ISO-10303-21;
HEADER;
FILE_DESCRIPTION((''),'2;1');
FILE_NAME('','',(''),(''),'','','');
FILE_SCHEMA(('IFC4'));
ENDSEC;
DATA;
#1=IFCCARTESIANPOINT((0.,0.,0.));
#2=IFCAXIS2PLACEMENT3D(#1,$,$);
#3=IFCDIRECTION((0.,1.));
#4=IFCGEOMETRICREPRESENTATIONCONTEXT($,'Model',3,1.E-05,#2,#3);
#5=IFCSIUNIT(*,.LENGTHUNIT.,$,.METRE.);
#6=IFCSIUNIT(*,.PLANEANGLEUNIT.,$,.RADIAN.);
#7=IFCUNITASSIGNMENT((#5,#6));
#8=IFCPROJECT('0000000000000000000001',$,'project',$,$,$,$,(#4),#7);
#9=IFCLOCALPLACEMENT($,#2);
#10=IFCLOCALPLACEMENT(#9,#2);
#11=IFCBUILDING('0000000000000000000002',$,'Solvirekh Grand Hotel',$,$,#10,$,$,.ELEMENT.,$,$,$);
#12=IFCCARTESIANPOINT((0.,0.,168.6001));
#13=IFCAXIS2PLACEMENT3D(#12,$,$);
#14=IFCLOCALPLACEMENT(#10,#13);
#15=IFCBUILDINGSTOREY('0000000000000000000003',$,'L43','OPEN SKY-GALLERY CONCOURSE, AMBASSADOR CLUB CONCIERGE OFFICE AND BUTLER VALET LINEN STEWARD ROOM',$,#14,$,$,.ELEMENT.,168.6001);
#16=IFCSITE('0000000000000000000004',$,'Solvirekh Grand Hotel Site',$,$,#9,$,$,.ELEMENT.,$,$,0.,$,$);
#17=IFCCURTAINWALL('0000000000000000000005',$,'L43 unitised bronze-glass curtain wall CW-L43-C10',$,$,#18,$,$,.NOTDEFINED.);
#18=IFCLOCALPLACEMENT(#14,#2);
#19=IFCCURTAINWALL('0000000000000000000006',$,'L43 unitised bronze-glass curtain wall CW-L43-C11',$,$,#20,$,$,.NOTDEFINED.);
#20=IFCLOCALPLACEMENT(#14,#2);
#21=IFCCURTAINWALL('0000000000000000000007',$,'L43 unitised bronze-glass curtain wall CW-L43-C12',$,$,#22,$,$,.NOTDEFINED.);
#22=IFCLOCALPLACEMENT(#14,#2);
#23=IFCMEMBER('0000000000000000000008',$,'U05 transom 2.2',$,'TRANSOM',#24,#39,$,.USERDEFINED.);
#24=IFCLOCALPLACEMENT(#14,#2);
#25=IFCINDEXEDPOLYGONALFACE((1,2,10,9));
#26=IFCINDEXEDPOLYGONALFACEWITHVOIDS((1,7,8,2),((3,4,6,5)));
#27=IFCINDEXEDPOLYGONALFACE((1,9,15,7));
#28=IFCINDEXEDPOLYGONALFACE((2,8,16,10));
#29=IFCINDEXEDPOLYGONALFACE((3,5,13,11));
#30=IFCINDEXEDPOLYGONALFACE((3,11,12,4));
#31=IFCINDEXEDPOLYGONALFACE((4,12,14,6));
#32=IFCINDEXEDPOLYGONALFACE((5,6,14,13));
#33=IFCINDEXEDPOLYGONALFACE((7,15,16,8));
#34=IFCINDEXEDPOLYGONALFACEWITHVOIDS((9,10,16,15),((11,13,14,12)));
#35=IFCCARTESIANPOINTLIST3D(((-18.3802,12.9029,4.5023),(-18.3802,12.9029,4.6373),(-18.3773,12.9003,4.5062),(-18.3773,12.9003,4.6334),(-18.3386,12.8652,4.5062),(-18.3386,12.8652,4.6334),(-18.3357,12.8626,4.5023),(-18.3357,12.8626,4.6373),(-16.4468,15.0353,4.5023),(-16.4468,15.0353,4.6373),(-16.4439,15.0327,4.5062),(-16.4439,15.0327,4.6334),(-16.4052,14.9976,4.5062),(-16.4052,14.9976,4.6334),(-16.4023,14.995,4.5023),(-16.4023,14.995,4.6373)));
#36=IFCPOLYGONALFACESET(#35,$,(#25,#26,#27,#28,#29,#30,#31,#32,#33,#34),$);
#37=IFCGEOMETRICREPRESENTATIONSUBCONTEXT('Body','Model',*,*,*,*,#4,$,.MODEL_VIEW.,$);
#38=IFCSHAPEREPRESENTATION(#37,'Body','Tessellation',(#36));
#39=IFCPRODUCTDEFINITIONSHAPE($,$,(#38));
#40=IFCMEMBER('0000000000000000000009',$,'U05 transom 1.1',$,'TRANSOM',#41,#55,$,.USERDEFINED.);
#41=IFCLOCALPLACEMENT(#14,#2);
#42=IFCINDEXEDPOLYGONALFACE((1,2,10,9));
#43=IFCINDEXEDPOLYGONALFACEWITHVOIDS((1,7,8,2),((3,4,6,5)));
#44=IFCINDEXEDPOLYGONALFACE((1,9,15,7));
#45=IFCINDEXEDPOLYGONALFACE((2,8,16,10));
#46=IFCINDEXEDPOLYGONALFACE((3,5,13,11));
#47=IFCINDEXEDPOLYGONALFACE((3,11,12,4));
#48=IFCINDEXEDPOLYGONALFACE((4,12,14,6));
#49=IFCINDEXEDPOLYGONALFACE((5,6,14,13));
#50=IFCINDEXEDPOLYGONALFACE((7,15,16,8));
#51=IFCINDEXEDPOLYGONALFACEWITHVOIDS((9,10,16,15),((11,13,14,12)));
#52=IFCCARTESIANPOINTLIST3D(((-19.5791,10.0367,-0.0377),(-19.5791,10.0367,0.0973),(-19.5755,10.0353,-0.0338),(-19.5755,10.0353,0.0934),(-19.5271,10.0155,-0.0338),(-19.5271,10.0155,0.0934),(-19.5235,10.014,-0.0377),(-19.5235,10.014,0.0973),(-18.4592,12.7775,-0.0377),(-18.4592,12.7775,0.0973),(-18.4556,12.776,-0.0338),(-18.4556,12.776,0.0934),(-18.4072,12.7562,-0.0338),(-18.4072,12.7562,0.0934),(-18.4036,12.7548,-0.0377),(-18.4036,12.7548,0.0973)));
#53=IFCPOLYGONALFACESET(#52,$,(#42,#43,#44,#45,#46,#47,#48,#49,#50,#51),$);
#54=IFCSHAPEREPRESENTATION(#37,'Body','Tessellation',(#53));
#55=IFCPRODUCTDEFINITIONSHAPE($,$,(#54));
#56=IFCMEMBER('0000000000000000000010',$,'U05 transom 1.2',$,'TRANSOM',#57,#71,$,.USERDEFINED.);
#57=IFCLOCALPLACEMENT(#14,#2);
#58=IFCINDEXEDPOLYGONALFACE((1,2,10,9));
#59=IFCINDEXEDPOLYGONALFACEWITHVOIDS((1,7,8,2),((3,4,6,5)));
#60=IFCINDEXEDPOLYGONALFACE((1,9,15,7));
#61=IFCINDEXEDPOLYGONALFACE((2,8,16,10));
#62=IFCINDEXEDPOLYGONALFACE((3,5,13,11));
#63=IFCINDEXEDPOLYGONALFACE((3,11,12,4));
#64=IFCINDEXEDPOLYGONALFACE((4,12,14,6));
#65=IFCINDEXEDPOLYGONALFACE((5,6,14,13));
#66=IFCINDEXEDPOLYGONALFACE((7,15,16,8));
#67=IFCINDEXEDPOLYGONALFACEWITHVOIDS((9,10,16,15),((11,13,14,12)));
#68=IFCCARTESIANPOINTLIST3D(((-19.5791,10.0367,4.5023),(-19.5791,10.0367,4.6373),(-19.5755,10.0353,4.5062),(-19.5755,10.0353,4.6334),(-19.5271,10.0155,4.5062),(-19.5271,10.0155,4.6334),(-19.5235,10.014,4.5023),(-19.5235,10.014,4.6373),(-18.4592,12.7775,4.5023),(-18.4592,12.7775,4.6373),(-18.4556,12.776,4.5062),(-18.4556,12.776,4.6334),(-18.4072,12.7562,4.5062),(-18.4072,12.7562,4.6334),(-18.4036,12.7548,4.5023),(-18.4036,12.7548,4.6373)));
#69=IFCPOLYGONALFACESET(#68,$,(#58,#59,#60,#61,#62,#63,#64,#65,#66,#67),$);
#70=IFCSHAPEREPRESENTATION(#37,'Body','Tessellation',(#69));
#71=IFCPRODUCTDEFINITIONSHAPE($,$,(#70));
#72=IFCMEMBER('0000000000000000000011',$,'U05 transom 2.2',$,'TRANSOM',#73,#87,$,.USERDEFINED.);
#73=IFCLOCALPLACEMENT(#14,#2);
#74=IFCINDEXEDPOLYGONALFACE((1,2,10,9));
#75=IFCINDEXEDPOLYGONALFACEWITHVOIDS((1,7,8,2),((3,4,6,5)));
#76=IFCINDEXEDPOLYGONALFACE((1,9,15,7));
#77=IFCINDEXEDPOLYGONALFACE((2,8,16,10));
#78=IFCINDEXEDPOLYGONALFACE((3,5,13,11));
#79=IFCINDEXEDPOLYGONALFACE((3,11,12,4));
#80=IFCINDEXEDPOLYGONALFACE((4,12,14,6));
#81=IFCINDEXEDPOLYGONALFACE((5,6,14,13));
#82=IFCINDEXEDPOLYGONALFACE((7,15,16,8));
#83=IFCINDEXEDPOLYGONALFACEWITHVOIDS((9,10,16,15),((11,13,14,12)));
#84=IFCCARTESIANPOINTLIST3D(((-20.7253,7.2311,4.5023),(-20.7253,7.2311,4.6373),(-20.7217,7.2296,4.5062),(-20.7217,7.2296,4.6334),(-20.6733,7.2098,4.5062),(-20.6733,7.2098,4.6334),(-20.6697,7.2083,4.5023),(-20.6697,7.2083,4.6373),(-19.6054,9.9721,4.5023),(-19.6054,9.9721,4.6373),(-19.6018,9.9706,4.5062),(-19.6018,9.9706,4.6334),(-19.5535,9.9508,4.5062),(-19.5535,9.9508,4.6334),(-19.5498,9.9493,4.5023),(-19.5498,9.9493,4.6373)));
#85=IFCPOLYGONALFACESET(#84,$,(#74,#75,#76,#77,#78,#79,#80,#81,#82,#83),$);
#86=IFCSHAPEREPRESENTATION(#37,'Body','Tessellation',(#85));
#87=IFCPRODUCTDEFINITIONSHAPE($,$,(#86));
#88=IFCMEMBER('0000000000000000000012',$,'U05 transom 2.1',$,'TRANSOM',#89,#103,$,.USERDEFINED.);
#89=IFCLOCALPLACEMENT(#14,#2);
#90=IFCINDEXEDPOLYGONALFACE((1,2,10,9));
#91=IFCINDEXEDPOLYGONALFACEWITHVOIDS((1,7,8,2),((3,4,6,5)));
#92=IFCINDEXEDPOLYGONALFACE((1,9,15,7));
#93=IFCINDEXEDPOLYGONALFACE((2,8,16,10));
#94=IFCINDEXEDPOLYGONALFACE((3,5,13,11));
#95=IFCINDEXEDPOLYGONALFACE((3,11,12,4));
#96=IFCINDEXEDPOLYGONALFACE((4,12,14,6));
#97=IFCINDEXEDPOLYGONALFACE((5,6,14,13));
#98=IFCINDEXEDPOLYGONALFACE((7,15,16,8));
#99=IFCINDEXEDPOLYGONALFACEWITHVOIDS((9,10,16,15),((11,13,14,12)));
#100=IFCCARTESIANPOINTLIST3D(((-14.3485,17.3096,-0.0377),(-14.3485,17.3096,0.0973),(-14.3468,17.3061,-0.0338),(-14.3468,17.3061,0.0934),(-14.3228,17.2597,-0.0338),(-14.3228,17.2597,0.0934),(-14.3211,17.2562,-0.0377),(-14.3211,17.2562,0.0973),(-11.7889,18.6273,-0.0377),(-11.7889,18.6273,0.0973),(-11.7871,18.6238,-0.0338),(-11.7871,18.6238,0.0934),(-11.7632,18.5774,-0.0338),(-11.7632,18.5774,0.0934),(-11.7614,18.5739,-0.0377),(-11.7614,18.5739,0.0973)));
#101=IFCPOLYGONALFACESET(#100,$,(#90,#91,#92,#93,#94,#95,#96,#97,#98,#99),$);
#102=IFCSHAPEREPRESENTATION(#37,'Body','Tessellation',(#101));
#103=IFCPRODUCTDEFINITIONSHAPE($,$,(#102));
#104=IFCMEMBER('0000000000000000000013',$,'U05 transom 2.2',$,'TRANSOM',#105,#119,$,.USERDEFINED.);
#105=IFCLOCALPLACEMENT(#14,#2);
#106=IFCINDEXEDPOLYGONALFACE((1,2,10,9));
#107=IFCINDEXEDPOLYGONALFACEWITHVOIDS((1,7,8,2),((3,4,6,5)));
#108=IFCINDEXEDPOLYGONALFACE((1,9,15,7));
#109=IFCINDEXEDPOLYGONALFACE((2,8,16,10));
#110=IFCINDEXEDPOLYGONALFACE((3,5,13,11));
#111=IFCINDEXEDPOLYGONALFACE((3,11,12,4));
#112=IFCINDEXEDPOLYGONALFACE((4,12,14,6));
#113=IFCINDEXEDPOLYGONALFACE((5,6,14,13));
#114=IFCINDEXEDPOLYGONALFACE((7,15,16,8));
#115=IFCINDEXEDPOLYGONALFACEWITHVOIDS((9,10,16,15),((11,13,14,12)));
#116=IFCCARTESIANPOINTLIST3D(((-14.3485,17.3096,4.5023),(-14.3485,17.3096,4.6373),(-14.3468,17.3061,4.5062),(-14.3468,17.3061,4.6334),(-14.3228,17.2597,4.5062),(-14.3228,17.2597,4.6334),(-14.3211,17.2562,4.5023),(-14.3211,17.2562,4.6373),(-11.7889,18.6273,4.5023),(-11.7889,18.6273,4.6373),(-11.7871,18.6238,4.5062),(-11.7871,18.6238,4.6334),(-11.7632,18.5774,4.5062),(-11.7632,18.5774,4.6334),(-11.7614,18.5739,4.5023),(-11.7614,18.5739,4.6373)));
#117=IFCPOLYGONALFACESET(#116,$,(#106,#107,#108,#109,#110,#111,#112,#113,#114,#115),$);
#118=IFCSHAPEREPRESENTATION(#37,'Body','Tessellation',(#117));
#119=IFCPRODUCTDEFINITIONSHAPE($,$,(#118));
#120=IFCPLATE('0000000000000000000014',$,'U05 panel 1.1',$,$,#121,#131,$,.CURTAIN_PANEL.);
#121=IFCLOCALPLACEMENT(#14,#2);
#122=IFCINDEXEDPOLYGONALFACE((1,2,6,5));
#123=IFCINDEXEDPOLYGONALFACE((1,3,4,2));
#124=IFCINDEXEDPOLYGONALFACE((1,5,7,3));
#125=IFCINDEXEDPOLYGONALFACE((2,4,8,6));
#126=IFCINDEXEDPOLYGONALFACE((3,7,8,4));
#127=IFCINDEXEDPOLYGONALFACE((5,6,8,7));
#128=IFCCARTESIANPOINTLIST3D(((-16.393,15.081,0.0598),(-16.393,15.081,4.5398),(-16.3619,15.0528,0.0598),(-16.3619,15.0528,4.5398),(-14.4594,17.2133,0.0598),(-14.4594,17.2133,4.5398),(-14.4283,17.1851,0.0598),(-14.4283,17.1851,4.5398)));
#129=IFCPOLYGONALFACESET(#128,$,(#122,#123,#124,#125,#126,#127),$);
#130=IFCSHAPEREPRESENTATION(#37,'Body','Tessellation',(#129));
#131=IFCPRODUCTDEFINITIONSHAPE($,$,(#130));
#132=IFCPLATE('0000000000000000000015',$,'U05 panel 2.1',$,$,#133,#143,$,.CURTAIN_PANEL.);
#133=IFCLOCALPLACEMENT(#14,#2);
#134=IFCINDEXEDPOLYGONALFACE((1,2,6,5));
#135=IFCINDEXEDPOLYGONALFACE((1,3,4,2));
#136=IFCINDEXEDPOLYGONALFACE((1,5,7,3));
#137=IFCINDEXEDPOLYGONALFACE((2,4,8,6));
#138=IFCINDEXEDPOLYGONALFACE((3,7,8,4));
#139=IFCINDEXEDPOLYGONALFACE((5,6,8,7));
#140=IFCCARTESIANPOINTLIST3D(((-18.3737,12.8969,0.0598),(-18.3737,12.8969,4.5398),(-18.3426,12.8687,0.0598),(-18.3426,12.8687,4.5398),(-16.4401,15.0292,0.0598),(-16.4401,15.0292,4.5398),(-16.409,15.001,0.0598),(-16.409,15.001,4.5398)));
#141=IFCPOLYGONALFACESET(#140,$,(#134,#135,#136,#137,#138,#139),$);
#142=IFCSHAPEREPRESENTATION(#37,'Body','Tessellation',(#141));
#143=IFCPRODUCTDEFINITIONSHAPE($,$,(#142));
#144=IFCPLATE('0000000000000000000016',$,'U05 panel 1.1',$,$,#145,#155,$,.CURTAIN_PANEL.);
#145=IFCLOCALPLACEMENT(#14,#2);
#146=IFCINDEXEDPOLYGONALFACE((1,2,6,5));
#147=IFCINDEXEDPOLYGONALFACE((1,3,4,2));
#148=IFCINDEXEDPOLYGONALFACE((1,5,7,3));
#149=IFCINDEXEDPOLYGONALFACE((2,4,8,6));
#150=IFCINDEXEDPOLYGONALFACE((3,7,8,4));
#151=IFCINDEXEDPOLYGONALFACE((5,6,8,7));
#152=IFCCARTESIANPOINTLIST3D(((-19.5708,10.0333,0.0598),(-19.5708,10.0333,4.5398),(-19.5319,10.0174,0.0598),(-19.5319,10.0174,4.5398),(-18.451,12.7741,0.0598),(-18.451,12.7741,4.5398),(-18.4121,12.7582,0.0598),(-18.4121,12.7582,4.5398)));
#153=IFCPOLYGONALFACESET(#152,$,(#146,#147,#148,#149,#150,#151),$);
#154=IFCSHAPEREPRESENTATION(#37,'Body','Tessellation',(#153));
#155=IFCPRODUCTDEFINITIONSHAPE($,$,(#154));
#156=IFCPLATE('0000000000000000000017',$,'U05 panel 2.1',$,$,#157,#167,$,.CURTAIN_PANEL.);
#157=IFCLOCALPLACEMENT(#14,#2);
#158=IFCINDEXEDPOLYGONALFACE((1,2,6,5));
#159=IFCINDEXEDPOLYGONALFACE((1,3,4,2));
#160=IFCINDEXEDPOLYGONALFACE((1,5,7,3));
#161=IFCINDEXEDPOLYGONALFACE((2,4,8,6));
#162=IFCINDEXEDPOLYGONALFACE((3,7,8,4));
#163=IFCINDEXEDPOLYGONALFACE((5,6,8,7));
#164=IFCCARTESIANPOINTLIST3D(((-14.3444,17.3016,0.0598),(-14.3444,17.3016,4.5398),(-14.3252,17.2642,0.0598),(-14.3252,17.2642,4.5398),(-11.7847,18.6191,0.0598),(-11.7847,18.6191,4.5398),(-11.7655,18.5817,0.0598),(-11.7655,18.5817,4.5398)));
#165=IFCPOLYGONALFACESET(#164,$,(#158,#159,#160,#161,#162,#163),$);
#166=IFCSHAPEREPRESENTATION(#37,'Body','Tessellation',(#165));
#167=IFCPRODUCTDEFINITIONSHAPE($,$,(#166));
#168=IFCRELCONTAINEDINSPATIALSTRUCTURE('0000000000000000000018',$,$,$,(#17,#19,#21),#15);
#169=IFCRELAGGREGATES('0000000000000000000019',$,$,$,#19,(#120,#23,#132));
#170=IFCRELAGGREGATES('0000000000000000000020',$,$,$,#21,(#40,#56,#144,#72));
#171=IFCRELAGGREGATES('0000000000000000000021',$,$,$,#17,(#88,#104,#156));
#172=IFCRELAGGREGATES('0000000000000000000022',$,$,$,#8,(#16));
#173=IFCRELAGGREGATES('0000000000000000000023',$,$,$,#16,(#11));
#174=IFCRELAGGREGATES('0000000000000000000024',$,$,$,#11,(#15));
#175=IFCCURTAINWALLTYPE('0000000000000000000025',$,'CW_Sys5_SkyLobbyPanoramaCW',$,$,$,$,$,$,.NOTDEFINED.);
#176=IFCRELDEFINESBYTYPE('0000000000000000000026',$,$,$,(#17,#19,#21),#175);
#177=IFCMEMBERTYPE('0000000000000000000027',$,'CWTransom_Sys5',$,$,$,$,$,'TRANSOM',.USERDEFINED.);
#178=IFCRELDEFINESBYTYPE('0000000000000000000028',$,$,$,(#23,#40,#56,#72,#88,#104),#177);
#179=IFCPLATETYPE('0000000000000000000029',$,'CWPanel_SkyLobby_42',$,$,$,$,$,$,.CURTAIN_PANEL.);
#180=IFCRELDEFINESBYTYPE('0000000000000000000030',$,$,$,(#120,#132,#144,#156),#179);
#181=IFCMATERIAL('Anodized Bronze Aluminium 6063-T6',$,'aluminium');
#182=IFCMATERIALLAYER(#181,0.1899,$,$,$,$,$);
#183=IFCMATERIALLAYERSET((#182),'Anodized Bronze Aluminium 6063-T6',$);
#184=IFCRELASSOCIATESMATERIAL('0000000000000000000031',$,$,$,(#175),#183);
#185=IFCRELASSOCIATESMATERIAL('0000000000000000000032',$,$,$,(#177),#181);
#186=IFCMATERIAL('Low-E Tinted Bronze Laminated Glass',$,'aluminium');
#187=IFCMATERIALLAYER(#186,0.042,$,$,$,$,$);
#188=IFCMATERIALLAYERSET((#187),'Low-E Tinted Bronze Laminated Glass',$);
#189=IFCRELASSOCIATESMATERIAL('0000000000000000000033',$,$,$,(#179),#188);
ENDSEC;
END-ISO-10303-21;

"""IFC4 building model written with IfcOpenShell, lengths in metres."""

from ifc_helpers import new_model, si_unit, direction, frame, origin, origin_2d, place, context, subcontext, project, spatial, rectangle, hollow_rectangle, extrude, source, transform, mapped, material, layer, layer_set, material_profile, profile_set, type_object, element, aggregate, save


model = new_model("IFC4")

# Units and contexts
model_context = context("Model", 3, precision=1e-05, world=origin(), true_north=direction((0.0, 1.0)))
body_context = subcontext(model_context, "Body", "Model", "MODEL_VIEW")
ifc_project = project(units=[si_unit("LENGTHUNIT", "METRE"), si_unit("PLANEANGLEUNIT", "RADIAN")], contexts=[model_context])

# Site, building, storey
site_placement = place(None, origin())
site = spatial("IfcSite", under=ifc_project, at=site_placement, Name="Solvirekh Grand Hotel Site", CompositionType="ELEMENT", RefElevation=0.0)
building_placement = place(site_placement, origin())
building = spatial("IfcBuilding", under=site, at=building_placement, Name="Solvirekh Grand Hotel", CompositionType="ELEMENT")
storey_placement = place(building_placement, frame((0.0, 0.0, 168.6001)))
storey = spatial("IfcBuildingStorey", under=building, at=storey_placement, Name="L43", Description="OPEN SKY-GALLERY CONCOURSE, AMBASSADOR CLUB CONCIERGE OFFICE AND BUTLER VALET LINEN STEWARD ROOM", CompositionType="ELEMENT", Elevation=168.6001)

# Curtain walls
ifc_material_1 = material(Name="Anodized Bronze Aluminium 6063-T6", Category="aluminium")
ifc_layer_1 = layer(ifc_material_1, 0.1899)
ifc_layer_set_1 = layer_set([ifc_layer_1], Name="Anodized Bronze Aluminium 6063-T6")
curtain_wall_type = type_object("IfcCurtainWallType", Name="CW_Sys5_SkyLobbyPanoramaCW", PredefinedType="NOTDEFINED", material=ifc_layer_set_1)
curtain_wall_1_placement = place(storey_placement, origin())
curtain_wall_1 = element("IfcCurtainWall", 1, at=curtain_wall_1_placement, inside=storey, type_object=curtain_wall_type, Name="L43 unitised bronze-glass curtain wall CW-L43-C10", PredefinedType="NOTDEFINED")
curtain_wall_2_placement = place(storey_placement, origin())
curtain_wall_2 = element("IfcCurtainWall", 2, at=curtain_wall_2_placement, inside=storey, type_object=curtain_wall_type, Name="L43 unitised bronze-glass curtain wall CW-L43-C11", PredefinedType="NOTDEFINED")
curtain_wall_3_placement = place(storey_placement, origin())
curtain_wall_3 = element("IfcCurtainWall", 3, at=curtain_wall_3_placement, inside=storey, type_object=curtain_wall_type, Name="L43 unitised bronze-glass curtain wall CW-L43-C12", PredefinedType="NOTDEFINED")

# Members
ifc_material_profile_1 = material_profile(ifc_material_1, hollow_rectangle(XDim=0.0601, YDim=0.135, WallThickness=0.0039, at=origin_2d()), Name="ALU RHS 135X60X4")
ifc_profile_set_1 = profile_set([ifc_material_profile_1], Name="Anodized Bronze Aluminium 6063-T6")
member_type_1 = type_object("IfcMemberType", Name="CWTransom_Sys5", ElementType="TRANSOM", PredefinedType="USERDEFINED", material=ifc_profile_set_1)
shared_shape_1 = source(origin(), body_context, "Body", "SweptSolid", [
    extrude(hollow_rectangle(XDim=0.0601, YDim=0.135, WallThickness=0.0039, at=origin_2d()), origin(), (0.0, 0.0, 1.0), 2.8784),
])
member_1_placement = place(storey_placement, frame((-16.4246, 15.0151, 4.5698), z_axis=(-0.671697, -0.740826, 0.0), x_axis=(0.740826, -0.671697, 0.0)))
member_1 = element("IfcMember", 4, at=member_1_placement, type_object=member_type_1, Name="U05 transom 2.2", ObjectType="TRANSOM", PredefinedType="USERDEFINED", context=body_context, shape_type="MappedRepresentation", body=[
    mapped(shared_shape_1, transform((0.0, 0.0, 0.0), x_axis=(1.0, 0.0, 0.0), y_axis=(0.0, 1.0, 0.0), z_axis=(0.0, 0.0, 1.0), scale=1.0)),
])
shared_shape_2 = source(origin(), body_context, "Body", "SweptSolid", [
    extrude(hollow_rectangle(XDim=0.0601, YDim=0.135, WallThickness=0.0039, at=origin_2d()), origin(), (0.0, 0.0, 1.0), 2.9607),
])
member_2_placement = place(storey_placement, frame((-18.4314, 12.7661, 0.0298), z_axis=(-0.378248, -0.925705, 0.0), x_axis=(0.925705, -0.378248, 0.0)))
member_2 = element("IfcMember", 5, at=member_2_placement, type_object=member_type_1, Name="U05 transom 1.1", ObjectType="TRANSOM", PredefinedType="USERDEFINED", context=body_context, shape_type="MappedRepresentation", body=[
    mapped(shared_shape_2, transform((0.0, 0.0, 0.0), x_axis=(1.0, 0.0, 0.0), y_axis=(0.0, 1.0, 0.0), z_axis=(0.0, 0.0, 1.0), scale=1.0)),
])
member_3_placement = place(storey_placement, frame((-18.4314, 12.7661, 4.5698), z_axis=(-0.378248, -0.925705, 0.0), x_axis=(0.925705, -0.378248, 0.0)))
member_3 = element("IfcMember", 6, at=member_3_placement, type_object=member_type_1, Name="U05 transom 1.2", ObjectType="TRANSOM", PredefinedType="USERDEFINED", context=body_context, shape_type="MappedRepresentation", body=[
    mapped(shared_shape_2, transform((0.0, 0.0, 0.0), x_axis=(1.0, 0.0, 0.0), y_axis=(0.0, 1.0, 0.0), z_axis=(0.0, 0.0, 1.0), scale=1.0)),
])
shared_shape_3 = source(origin(), body_context, "Body", "SweptSolid", [
    extrude(hollow_rectangle(XDim=0.0601, YDim=0.135, WallThickness=0.0039, at=origin_2d()), origin(), (0.0, 0.0, 1.0), 2.9609),
])
member_4_placement = place(storey_placement, frame((-19.5776, 9.9607, 4.5698), z_axis=(-0.378219, -0.925716, 0.0), x_axis=(0.925716, -0.378219, 0.0)))
member_4 = element("IfcMember", 7, at=member_4_placement, type_object=member_type_1, Name="U05 transom 2.2", ObjectType="TRANSOM", PredefinedType="USERDEFINED", context=body_context, shape_type="MappedRepresentation", body=[
    mapped(shared_shape_3, transform((0.0, 0.0, 0.0), x_axis=(1.0, 0.0, 0.0), y_axis=(0.0, 1.0, 0.0), z_axis=(0.0, 0.0, 1.0), scale=1.0)),
])
shared_shape_4 = source(origin(), body_context, "Body", "SweptSolid", [
    extrude(hollow_rectangle(XDim=0.0601, YDim=0.135, WallThickness=0.0039, at=origin_2d()), origin(), (0.0, 0.0, 1.0), 2.8789),
])
member_5_placement = place(storey_placement, frame((-11.7751, 18.6006, 0.0298), z_axis=(-0.889107, -0.457699, 0.0), x_axis=(0.457699, -0.889107, 0.0)))
member_5 = element("IfcMember", 8, at=member_5_placement, type_object=member_type_1, Name="U05 transom 2.1", ObjectType="TRANSOM", PredefinedType="USERDEFINED", context=body_context, shape_type="MappedRepresentation", body=[
    mapped(shared_shape_4, transform((0.0, 0.0, 0.0), x_axis=(1.0, 0.0, 0.0), y_axis=(0.0, 1.0, 0.0), z_axis=(0.0, 0.0, 1.0), scale=1.0)),
])
member_6_placement = place(storey_placement, frame((-11.7751, 18.6006, 4.5698), z_axis=(-0.889107, -0.457699, 0.0), x_axis=(0.457699, -0.889107, 0.0)))
member_6 = element("IfcMember", 9, at=member_6_placement, type_object=member_type_1, Name="U05 transom 2.2", ObjectType="TRANSOM", PredefinedType="USERDEFINED", context=body_context, shape_type="MappedRepresentation", body=[
    mapped(shared_shape_4, transform((0.0, 0.0, 0.0), x_axis=(1.0, 0.0, 0.0), y_axis=(0.0, 1.0, 0.0), z_axis=(0.0, 0.0, 1.0), scale=1.0)),
])

# Plates
ifc_material_2 = material(Name="Low-E Tinted Bronze Laminated Glass", Category="aluminium")
ifc_layer_2 = layer(ifc_material_2, 0.042)
ifc_layer_set_2 = layer_set([ifc_layer_2], Name="Low-E Tinted Bronze Laminated Glass")
plate_type = type_object("IfcPlateType", Name="CWPanel_SkyLobby_42", PredefinedType="CURTAIN_PANEL", material=ifc_layer_set_2)
shared_shape_5 = source(origin(), body_context, "Body", "SweptSolid", [
    extrude(rectangle(XDim=2.8784, YDim=0.042, at=origin_2d()), origin(), (0.0, 0.0, 1.0), 4.48),
])
plate_1_placement = place(storey_placement, frame((-15.4106, 16.1331, 0.0598), z_axis=(0.0, 0.0, 1.0), x_axis=(-0.671738, -0.740789, 0.0)))
plate_1 = element("IfcPlate", 10, at=plate_1_placement, type_object=plate_type, Name="U05 panel 1.1", PredefinedType="CURTAIN_PANEL", context=body_context, shape_type="MappedRepresentation", body=[
    mapped(shared_shape_5, transform((0.0, 0.0, 0.0), x_axis=(1.0, 0.0, 0.0), y_axis=(0.0, 1.0, 0.0), z_axis=(0.0, 0.0, 1.0), scale=1.0)),
])
plate_2_placement = place(storey_placement, frame((-17.3914, 13.949, 0.0598), z_axis=(0.0, 0.0, 1.0), x_axis=(-0.671738, -0.740789, 0.0)))
plate_2 = element("IfcPlate", 11, at=plate_2_placement, type_object=plate_type, Name="U05 panel 2.1", PredefinedType="CURTAIN_PANEL", context=body_context, shape_type="MappedRepresentation", body=[
    mapped(shared_shape_5, transform((0.0, 0.0, 0.0), x_axis=(1.0, 0.0, 0.0), y_axis=(0.0, 1.0, 0.0), z_axis=(0.0, 0.0, 1.0), scale=1.0)),
])
aggregate(curtain_wall_2, [plate_1, member_1, plate_2])
shared_shape_6 = source(origin(), body_context, "Body", "SweptSolid", [
    extrude(rectangle(XDim=2.9607, YDim=0.042, at=origin_2d()), origin(), (0.0, 0.0, 1.0), 4.48),
])
plate_3_placement = place(storey_placement, frame((-18.9915, 11.3958, 0.0598), z_axis=(0.0, 0.0, 1.0), x_axis=(-0.378214, -0.925718, 0.0)))
plate_3 = element("IfcPlate", 12, at=plate_3_placement, type_object=plate_type, Name="U05 panel 1.1", PredefinedType="CURTAIN_PANEL", context=body_context, shape_type="MappedRepresentation", body=[
    mapped(shared_shape_6, transform((0.0, 0.0, 0.0), x_axis=(1.0, 0.0, 0.0), y_axis=(0.0, 1.0, 0.0), z_axis=(0.0, 0.0, 1.0), scale=1.0)),
])
aggregate(curtain_wall_3, [member_2, member_3, plate_3, member_4])
shared_shape_7 = source(origin(), body_context, "Body", "SweptSolid", [
    extrude(rectangle(XDim=2.8789, YDim=0.042, at=origin_2d()), origin(), (0.0, 0.0, 1.0), 4.48),
])
plate_4_placement = place(storey_placement, frame((-13.0549, 17.9417, 0.0598), z_axis=(0.0, 0.0, 1.0), x_axis=(-0.889138, -0.45764, 0.0)))
plate_4 = element("IfcPlate", 13, at=plate_4_placement, type_object=plate_type, Name="U05 panel 2.1", PredefinedType="CURTAIN_PANEL", context=body_context, shape_type="MappedRepresentation", body=[
    mapped(shared_shape_7, transform((0.0, 0.0, 0.0), x_axis=(1.0, 0.0, 0.0), y_axis=(0.0, 1.0, 0.0), z_axis=(0.0, 0.0, 1.0), scale=1.0)),
])
aggregate(curtain_wall_1, [member_5, member_6, plate_4])

save(model, "model.ifc")
